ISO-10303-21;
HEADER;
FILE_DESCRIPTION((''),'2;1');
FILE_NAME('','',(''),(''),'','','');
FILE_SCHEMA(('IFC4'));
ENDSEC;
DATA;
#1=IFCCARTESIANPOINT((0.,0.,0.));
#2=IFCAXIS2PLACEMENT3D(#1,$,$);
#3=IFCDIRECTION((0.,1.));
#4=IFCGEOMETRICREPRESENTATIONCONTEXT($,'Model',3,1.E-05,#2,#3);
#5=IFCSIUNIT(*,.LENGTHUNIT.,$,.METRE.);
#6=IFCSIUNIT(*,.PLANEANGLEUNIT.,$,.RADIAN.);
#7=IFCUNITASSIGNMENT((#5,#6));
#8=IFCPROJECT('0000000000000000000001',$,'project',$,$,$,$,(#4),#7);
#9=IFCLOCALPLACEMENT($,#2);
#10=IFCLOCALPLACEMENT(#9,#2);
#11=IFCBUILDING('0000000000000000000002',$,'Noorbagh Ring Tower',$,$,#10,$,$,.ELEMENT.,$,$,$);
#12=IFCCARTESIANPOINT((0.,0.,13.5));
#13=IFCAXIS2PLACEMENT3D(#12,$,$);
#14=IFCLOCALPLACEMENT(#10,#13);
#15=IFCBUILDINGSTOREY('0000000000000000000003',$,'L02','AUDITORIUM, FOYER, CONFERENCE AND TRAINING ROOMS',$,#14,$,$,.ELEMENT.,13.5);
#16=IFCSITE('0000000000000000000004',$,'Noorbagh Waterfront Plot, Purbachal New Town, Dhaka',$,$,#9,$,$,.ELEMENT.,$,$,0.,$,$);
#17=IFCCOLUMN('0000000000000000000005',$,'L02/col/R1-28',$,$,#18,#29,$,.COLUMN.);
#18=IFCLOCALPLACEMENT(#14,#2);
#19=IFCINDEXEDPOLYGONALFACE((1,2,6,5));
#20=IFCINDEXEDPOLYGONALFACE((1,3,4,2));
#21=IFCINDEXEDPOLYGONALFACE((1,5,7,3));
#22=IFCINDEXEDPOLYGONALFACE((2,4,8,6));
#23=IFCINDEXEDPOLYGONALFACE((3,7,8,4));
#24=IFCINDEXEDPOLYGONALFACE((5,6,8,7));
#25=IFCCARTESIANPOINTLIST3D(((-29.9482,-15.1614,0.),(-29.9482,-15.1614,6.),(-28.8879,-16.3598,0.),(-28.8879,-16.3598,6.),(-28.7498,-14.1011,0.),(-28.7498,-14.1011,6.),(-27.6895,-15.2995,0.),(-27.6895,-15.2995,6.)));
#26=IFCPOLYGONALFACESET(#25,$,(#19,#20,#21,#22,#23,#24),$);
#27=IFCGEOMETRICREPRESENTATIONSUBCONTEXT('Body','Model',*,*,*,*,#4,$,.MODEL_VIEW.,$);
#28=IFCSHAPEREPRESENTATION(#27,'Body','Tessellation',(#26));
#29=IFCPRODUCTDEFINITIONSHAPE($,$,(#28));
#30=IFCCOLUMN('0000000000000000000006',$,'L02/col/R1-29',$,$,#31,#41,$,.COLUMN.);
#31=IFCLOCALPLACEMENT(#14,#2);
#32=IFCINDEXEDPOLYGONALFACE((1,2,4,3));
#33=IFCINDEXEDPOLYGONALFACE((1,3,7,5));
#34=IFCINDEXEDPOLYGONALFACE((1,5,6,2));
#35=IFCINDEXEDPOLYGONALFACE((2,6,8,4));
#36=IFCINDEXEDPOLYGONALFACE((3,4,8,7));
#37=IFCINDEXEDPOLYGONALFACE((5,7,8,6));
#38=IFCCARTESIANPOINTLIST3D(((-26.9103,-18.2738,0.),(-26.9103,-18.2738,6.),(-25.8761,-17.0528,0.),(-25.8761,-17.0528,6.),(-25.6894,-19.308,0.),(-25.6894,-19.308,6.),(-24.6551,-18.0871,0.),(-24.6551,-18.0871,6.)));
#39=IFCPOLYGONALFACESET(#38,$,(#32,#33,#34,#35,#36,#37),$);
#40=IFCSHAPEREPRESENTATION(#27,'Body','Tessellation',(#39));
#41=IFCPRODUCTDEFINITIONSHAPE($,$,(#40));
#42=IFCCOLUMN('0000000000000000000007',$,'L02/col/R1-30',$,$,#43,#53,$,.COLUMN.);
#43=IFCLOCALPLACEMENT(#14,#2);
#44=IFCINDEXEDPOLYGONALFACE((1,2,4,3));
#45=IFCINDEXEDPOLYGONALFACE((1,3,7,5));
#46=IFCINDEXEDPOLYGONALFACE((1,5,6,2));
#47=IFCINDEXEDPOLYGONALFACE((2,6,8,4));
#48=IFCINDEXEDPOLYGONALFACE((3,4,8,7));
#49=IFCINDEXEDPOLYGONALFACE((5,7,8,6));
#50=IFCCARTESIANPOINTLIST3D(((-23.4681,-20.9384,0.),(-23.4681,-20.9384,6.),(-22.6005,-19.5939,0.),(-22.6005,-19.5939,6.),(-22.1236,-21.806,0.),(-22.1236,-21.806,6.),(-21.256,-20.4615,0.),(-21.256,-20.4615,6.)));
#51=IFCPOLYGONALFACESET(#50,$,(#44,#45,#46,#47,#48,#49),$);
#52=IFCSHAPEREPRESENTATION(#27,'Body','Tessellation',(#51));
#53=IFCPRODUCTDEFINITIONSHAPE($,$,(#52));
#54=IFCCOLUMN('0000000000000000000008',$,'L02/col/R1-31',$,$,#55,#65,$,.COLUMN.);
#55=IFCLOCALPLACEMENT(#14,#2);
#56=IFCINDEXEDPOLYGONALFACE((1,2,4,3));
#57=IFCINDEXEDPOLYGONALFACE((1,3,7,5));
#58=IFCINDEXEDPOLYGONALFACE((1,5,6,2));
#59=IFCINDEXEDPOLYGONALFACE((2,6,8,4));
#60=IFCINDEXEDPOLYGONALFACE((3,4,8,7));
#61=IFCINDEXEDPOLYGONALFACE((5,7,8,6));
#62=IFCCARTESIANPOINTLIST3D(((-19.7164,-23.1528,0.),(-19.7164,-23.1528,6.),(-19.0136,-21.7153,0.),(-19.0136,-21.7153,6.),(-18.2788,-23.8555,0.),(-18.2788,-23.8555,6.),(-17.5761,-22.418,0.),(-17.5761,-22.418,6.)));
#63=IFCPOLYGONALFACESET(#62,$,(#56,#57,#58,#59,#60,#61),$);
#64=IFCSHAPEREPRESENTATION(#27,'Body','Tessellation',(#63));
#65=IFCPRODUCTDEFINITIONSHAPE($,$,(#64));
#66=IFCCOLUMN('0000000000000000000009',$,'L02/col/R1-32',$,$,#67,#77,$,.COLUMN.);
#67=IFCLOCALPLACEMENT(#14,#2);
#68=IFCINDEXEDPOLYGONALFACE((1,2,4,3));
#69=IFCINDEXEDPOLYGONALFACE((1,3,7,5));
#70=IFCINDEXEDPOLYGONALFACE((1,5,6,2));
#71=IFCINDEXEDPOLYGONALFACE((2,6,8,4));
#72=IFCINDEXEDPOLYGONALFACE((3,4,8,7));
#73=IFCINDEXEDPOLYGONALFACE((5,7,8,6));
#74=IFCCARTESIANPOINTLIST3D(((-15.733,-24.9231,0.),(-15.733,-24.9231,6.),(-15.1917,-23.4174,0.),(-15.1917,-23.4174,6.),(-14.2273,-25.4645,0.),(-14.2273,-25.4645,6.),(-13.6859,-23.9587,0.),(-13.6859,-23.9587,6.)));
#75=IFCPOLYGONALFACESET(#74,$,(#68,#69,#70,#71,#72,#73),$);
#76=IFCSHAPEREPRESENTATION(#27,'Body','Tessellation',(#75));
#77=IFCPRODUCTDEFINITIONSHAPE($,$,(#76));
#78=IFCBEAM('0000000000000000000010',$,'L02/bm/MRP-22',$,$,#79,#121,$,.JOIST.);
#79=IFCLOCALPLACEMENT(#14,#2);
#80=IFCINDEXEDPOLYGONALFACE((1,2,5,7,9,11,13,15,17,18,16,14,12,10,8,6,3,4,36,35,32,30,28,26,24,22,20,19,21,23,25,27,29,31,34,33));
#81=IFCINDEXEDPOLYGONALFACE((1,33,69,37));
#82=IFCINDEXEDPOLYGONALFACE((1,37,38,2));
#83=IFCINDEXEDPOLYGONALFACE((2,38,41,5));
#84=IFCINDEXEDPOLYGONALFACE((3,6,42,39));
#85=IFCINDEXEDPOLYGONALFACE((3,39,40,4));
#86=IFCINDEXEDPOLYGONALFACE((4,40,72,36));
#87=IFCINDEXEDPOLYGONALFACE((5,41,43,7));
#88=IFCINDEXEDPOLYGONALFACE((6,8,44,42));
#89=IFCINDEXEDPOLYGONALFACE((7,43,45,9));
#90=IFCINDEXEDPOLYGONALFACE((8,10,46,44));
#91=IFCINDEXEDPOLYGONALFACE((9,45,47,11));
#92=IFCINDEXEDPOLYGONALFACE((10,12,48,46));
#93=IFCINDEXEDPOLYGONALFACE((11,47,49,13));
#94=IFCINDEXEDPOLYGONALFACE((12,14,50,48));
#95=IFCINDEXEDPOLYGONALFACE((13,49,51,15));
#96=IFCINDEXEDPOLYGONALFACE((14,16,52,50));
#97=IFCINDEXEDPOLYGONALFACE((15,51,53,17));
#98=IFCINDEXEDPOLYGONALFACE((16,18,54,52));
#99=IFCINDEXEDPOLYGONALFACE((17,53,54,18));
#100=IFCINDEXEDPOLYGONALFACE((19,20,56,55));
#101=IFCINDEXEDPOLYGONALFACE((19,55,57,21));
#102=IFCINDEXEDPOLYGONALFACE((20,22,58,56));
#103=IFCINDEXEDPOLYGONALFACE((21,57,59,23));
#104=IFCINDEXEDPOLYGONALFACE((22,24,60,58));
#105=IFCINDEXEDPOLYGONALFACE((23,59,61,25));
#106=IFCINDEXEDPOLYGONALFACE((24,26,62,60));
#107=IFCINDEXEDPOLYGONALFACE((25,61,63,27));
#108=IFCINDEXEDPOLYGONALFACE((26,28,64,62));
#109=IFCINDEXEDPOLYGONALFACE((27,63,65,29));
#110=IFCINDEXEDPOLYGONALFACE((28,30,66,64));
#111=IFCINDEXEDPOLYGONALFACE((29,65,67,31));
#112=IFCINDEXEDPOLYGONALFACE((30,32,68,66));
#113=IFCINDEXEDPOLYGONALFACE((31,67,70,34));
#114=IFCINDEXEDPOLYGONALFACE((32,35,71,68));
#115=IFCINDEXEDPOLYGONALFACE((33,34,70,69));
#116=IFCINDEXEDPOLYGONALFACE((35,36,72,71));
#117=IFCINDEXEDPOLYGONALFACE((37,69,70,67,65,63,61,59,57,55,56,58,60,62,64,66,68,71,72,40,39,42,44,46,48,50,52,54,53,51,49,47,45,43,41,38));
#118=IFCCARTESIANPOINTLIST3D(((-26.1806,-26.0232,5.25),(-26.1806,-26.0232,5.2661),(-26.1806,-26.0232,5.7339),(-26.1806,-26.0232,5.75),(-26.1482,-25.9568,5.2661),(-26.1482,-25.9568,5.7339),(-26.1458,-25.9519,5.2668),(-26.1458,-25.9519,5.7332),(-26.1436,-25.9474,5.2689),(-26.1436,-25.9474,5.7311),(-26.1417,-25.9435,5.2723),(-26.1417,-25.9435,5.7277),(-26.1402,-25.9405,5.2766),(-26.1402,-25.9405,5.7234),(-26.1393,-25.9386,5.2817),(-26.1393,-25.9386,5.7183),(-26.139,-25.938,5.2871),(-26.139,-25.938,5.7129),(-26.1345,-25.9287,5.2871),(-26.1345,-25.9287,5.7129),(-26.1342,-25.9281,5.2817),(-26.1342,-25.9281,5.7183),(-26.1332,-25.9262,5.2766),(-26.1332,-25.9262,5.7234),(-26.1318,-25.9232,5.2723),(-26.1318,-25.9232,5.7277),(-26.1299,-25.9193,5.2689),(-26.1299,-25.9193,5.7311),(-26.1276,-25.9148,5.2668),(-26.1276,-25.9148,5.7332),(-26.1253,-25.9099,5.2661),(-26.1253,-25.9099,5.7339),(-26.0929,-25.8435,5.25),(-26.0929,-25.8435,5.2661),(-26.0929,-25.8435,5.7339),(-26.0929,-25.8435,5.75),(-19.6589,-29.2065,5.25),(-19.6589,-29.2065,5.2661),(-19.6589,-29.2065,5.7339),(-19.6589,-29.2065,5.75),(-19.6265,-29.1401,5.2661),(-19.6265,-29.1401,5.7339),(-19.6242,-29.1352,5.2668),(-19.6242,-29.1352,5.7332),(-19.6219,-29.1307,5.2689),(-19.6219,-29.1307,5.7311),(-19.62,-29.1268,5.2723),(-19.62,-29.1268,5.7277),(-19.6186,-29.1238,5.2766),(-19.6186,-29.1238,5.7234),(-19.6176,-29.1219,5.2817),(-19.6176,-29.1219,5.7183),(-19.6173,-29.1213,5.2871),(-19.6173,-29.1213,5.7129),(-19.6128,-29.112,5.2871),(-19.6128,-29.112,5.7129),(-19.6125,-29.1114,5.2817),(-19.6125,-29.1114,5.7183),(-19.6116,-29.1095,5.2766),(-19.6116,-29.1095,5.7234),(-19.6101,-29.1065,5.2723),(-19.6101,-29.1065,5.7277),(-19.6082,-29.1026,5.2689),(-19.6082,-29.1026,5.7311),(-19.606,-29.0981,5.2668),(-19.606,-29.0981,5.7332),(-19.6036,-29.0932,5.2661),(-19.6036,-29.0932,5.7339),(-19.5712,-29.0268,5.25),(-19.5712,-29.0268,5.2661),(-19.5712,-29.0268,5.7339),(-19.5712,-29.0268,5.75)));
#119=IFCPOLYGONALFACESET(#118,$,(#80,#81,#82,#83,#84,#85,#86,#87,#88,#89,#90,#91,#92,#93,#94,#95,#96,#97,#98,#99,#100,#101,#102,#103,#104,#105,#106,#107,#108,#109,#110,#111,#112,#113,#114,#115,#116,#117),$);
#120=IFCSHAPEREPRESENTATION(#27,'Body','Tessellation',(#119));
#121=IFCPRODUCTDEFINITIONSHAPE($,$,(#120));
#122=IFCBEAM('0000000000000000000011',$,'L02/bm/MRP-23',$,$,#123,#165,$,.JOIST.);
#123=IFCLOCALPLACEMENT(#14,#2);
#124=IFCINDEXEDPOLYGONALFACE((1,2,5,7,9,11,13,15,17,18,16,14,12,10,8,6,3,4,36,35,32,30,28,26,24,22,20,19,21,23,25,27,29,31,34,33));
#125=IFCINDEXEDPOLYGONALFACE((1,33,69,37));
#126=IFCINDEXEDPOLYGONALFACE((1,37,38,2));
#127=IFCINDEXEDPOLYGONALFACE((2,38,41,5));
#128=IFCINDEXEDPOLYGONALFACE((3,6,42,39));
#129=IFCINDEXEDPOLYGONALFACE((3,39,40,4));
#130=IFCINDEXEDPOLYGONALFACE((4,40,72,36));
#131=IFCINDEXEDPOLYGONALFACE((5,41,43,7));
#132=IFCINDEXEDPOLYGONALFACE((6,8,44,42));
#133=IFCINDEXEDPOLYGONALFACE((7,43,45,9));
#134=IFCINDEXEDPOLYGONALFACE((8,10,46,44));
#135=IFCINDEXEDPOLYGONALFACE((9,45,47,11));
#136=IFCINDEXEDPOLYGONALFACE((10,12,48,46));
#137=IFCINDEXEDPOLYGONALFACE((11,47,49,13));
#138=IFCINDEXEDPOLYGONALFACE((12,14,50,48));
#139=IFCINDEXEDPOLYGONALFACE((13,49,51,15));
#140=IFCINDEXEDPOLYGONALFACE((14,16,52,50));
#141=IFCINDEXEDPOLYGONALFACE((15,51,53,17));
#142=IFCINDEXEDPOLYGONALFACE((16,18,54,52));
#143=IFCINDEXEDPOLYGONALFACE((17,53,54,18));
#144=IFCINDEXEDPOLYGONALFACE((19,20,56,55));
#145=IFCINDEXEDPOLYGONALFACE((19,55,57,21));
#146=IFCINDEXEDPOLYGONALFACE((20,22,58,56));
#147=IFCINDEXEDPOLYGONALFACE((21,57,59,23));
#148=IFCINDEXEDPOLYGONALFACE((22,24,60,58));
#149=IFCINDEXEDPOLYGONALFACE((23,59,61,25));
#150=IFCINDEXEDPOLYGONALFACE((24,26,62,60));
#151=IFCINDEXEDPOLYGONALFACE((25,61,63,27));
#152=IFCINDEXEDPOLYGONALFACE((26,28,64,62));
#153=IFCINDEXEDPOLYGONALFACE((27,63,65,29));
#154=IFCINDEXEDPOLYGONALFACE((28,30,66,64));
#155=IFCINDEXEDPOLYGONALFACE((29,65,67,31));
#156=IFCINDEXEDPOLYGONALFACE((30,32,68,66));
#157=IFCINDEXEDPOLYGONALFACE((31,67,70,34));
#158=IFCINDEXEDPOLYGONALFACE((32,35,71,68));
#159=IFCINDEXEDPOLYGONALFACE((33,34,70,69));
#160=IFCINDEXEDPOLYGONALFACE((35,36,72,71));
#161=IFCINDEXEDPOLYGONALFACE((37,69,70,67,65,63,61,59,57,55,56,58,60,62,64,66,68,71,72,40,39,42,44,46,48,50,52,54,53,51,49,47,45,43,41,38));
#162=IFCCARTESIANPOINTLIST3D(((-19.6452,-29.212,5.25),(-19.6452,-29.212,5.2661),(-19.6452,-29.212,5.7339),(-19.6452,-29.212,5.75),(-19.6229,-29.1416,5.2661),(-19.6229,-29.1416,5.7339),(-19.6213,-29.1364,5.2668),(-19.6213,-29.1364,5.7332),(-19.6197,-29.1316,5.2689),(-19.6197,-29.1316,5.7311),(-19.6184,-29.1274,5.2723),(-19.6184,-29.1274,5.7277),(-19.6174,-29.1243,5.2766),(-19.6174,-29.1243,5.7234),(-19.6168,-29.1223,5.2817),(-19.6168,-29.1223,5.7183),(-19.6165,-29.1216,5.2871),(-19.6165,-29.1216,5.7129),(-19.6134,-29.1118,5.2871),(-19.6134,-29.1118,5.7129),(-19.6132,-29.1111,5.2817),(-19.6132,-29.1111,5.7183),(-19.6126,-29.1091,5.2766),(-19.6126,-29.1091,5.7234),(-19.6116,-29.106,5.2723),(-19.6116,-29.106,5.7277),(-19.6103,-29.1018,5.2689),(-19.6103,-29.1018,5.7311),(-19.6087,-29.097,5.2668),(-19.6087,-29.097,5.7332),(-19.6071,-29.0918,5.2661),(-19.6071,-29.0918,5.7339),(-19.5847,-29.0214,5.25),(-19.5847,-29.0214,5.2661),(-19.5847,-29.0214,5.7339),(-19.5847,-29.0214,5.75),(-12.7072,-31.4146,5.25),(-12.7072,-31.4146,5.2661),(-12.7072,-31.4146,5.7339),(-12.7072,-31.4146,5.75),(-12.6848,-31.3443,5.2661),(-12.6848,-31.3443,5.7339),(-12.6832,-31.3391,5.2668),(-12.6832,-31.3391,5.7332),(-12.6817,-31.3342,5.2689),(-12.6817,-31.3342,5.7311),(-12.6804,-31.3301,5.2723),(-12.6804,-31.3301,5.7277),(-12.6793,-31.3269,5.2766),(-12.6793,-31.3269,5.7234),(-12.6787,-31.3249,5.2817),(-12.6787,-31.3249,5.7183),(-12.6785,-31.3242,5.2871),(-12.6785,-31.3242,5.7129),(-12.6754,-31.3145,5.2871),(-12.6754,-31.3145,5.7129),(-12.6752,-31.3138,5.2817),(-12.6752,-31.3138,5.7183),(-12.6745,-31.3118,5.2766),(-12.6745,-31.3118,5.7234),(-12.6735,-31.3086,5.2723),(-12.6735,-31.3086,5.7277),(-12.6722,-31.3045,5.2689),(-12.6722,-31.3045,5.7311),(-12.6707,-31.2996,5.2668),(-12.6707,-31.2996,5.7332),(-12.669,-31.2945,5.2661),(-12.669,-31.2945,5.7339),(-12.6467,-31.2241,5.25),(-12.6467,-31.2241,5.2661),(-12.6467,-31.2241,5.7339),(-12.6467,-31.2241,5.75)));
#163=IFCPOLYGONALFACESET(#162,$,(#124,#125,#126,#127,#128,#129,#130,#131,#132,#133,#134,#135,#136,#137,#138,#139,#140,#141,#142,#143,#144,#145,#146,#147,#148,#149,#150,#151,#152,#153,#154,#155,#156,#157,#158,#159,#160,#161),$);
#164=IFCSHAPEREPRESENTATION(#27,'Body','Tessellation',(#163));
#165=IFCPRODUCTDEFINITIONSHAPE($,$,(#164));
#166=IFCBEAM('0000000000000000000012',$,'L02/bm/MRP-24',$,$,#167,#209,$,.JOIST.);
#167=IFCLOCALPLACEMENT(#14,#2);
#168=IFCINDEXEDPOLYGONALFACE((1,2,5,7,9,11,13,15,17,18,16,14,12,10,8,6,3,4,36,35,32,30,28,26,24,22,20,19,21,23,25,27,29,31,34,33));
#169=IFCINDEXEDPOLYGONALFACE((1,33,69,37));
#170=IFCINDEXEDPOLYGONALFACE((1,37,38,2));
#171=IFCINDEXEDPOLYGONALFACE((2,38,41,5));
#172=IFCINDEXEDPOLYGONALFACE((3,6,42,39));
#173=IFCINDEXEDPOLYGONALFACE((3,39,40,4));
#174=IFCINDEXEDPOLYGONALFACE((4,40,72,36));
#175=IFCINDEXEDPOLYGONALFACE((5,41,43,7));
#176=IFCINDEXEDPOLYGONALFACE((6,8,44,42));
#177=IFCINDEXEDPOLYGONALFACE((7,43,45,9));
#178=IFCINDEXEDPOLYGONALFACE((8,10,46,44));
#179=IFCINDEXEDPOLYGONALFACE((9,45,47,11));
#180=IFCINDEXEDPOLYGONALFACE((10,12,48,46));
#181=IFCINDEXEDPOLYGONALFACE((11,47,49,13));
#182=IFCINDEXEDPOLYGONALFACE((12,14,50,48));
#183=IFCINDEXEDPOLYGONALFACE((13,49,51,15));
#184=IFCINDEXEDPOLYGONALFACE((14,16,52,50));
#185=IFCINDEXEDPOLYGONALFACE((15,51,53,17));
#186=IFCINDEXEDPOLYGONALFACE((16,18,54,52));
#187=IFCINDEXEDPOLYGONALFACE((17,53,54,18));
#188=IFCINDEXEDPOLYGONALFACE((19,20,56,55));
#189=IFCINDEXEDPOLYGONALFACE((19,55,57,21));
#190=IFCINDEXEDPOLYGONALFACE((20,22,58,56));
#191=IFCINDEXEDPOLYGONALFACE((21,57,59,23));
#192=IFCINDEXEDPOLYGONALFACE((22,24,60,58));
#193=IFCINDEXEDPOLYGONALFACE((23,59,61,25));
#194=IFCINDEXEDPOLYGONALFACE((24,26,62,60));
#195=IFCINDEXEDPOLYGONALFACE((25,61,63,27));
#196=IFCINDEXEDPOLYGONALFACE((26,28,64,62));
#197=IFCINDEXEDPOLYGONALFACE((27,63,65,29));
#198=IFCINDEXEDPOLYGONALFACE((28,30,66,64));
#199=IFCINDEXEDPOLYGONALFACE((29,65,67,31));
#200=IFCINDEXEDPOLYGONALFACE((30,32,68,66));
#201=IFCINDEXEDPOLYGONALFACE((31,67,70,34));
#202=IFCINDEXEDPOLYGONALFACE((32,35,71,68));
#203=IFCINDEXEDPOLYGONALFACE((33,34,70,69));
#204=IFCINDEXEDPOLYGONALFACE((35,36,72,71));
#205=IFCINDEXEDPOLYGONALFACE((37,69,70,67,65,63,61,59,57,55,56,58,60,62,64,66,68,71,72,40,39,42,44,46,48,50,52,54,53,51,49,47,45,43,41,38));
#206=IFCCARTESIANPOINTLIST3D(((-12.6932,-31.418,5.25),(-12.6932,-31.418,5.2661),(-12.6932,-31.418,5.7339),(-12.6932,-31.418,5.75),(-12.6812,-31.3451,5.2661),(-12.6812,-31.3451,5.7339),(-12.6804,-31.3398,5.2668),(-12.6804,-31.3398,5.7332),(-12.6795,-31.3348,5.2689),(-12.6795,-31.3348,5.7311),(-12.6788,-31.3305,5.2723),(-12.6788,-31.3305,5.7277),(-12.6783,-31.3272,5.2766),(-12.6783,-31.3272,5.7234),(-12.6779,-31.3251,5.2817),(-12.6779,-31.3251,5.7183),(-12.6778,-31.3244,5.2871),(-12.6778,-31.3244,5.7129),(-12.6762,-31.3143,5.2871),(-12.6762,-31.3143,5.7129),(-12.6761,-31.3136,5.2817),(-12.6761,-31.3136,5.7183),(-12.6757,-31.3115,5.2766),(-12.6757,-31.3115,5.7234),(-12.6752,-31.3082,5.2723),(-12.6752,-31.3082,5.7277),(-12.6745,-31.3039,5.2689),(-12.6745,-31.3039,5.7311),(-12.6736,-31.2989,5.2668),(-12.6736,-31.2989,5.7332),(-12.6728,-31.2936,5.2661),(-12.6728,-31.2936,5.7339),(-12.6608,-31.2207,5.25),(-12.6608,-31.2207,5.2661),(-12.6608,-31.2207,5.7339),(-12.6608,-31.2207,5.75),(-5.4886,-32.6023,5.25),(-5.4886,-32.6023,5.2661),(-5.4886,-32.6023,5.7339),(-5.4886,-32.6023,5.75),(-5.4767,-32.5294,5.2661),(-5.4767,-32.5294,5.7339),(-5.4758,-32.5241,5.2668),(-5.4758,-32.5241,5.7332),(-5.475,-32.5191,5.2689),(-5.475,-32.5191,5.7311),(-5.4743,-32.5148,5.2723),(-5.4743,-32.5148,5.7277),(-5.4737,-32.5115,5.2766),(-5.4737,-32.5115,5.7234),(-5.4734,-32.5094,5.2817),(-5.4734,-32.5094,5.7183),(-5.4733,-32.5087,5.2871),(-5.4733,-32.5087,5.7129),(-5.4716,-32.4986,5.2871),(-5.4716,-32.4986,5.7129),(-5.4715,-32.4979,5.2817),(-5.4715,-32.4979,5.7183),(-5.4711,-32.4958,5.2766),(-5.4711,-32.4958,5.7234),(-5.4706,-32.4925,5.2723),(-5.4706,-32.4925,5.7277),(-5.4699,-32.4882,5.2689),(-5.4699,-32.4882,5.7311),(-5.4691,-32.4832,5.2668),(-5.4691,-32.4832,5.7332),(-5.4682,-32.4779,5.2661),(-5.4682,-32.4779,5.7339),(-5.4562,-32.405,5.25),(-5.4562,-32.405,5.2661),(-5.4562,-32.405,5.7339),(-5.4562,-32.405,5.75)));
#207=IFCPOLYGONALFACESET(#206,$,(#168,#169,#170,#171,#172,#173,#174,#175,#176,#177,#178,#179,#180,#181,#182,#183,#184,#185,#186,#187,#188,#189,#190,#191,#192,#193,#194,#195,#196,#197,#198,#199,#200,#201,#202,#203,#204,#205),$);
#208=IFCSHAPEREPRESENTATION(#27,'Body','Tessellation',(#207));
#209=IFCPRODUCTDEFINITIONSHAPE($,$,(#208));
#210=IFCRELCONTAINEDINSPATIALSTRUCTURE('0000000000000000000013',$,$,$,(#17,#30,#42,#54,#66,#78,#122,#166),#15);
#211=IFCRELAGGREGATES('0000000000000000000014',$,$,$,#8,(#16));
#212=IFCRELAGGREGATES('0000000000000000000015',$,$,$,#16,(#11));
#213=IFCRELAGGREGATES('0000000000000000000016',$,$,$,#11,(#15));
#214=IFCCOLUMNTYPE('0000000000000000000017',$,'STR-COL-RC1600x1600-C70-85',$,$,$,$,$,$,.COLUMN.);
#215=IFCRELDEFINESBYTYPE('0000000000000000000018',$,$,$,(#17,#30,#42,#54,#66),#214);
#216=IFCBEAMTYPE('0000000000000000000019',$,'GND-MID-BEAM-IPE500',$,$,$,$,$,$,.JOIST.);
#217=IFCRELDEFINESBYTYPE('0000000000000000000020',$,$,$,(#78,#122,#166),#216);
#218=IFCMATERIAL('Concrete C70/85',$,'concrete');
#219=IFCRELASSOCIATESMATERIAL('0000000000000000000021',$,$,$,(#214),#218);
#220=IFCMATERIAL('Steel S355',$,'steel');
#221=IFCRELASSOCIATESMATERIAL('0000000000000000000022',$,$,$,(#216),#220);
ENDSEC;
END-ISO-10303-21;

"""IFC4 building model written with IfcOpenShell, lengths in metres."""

from ifc_helpers import new_model, si_unit, direction, frame, origin, origin_2d, place, context, subcontext, project, spatial, rectangle, i_section, extrude, material, material_profile, profile_set, type_object, element, save


model = new_model("IFC4")

# Units and contexts
model_context = context("Model", 3, precision=1e-05, world=origin(), true_north=direction((0.0, 1.0)))
body_context = subcontext(model_context, "Body", "Model", "MODEL_VIEW")
ifc_project = project(units=[si_unit("LENGTHUNIT", "METRE"), si_unit("PLANEANGLEUNIT", "RADIAN")], contexts=[model_context])

# Site, building, storey
site_placement = place(None, origin())
site = spatial("IfcSite", under=ifc_project, at=site_placement, Name="Noorbagh Waterfront Plot, Purbachal New Town, Dhaka", CompositionType="ELEMENT", RefElevation=0.0)
building_placement = place(site_placement, origin())
building = spatial("IfcBuilding", under=site, at=building_placement, Name="Noorbagh Ring Tower", CompositionType="ELEMENT")
storey_placement = place(building_placement, frame((0.0, 0.0, 13.5)))
storey = spatial("IfcBuildingStorey", under=building, at=storey_placement, Name="L02", Description="AUDITORIUM, FOYER, CONFERENCE AND TRAINING ROOMS", CompositionType="ELEMENT", Elevation=13.5)

# Columns
ifc_material_1 = material(Name="Concrete C70/85", Category="concrete")
ifc_material_profile_1 = material_profile(ifc_material_1, rectangle(XDim=1.6001, YDim=1.6001, at=origin_2d()), Name="RC1600x1600")
ifc_profile_set_1 = profile_set([ifc_material_profile_1], Name="Concrete C70/85")
column_type = type_object("IfcColumnType", Name="STR-COL-RC1600x1600-C70-85", PredefinedType="COLUMN", material=ifc_profile_set_1)
for number, where, z_axis, x_axis, name in (
    (1, (-28.8188, -15.2305, 0.0), (0.0, 0.0, 1.0), (0.662636, -0.748942, 0.0), "L02/col/R1-28"),
    (2, (-25.7827, -18.1804, 0.0), (0.0, 0.0, 1.0), (0.763035, -0.646357, 0.0), "L02/col/R1-29"),
    (3, (-22.3621, -20.7, 0.0), (0.0, 0.0, 1.0), (0.840248, -0.542203, 0.0), "L02/col/R1-30"),
    (4, (-18.6462, -22.7854, 0.0), (0.0, 0.0, 1.0), (0.898399, -0.43918, 0.0), "L02/col/R1-31"),
    (5, (-14.7095, -24.4409, 0.0), (0.0, 0.0, 1.0), (0.941025, -0.338338, 0.0), "L02/col/R1-32"),
):
    element("IfcColumn", number, at=place(storey_placement, frame(where, z_axis=z_axis, x_axis=x_axis)), inside=storey, type_object=column_type, Name=name, PredefinedType="COLUMN", context=body_context, shape_type="SweptSolid", body=[
        extrude(rectangle(XDim=1.6001, YDim=1.6001, at=origin_2d()), origin(), (0.0, 0.0, 1.0), 6.0),
    ])

# Beams
ifc_material_2 = material(Name="Steel S355", Category="steel")
ifc_material_profile_2 = material_profile(ifc_material_2, i_section(OverallWidth=0.2, OverallDepth=0.5, WebThickness=0.0103, FlangeThickness=0.0161, FilletRadius=0.021, at=origin_2d()), Name="IPE500")
ifc_profile_set_2 = profile_set([ifc_material_profile_2], Name="Steel S355")
beam_type_1 = type_object("IfcBeamType", Name="GND-MID-BEAM-IPE500", PredefinedType="JOIST", material=ifc_profile_set_2)
beam_1_placement = place(storey_placement, frame((-26.1367, -25.9333, 5.5), z_axis=(0.898659, -0.438648, 0.0), x_axis=(0.438648, 0.898659, 0.0)))
element("IfcBeam", 6, at=beam_1_placement, inside=storey, type_object=beam_type_1, Name="L02/bm/MRP-22", PredefinedType="JOIST", context=body_context, shape_type="SweptSolid", body=[
    extrude(i_section(OverallWidth=0.2, OverallDepth=0.5, WebThickness=0.0103, FlangeThickness=0.0161, FilletRadius=0.021, at=origin_2d()), origin(), (0.0, 0.0, 1.0), 7.2571),
])
beam_2_placement = place(storey_placement, frame((-19.615, -29.1167, 5.5), z_axis=(0.95312, -0.302592, 0.0), x_axis=(0.302592, 0.95312, 0.0)))
element("IfcBeam", 7, at=beam_2_placement, inside=storey, type_object=beam_type_1, Name="L02/bm/MRP-23", PredefinedType="JOIST", context=body_context, shape_type="SweptSolid", body=[
    extrude(i_section(OverallWidth=0.2, OverallDepth=0.5, WebThickness=0.0103, FlangeThickness=0.0161, FilletRadius=0.021, at=origin_2d()), origin(), (0.0, 0.0, 1.0), 7.2793),
])
beam_3_placement = place(storey_placement, frame((-12.677, -31.3193, 5.5), z_axis=(0.986757, -0.162208, 0.0), x_axis=(0.162208, 0.986757, 0.0)))
element("IfcBeam", 8, at=beam_3_placement, inside=storey, type_object=beam_type_1, Name="L02/bm/MRP-24", PredefinedType="JOIST", context=body_context, shape_type="SweptSolid", body=[
    extrude(i_section(OverallWidth=0.2, OverallDepth=0.5, WebThickness=0.0103, FlangeThickness=0.0161, FilletRadius=0.021, at=origin_2d()), origin(), (0.0, 0.0, 1.0), 7.3013),
])

save(model, "model.ifc")
